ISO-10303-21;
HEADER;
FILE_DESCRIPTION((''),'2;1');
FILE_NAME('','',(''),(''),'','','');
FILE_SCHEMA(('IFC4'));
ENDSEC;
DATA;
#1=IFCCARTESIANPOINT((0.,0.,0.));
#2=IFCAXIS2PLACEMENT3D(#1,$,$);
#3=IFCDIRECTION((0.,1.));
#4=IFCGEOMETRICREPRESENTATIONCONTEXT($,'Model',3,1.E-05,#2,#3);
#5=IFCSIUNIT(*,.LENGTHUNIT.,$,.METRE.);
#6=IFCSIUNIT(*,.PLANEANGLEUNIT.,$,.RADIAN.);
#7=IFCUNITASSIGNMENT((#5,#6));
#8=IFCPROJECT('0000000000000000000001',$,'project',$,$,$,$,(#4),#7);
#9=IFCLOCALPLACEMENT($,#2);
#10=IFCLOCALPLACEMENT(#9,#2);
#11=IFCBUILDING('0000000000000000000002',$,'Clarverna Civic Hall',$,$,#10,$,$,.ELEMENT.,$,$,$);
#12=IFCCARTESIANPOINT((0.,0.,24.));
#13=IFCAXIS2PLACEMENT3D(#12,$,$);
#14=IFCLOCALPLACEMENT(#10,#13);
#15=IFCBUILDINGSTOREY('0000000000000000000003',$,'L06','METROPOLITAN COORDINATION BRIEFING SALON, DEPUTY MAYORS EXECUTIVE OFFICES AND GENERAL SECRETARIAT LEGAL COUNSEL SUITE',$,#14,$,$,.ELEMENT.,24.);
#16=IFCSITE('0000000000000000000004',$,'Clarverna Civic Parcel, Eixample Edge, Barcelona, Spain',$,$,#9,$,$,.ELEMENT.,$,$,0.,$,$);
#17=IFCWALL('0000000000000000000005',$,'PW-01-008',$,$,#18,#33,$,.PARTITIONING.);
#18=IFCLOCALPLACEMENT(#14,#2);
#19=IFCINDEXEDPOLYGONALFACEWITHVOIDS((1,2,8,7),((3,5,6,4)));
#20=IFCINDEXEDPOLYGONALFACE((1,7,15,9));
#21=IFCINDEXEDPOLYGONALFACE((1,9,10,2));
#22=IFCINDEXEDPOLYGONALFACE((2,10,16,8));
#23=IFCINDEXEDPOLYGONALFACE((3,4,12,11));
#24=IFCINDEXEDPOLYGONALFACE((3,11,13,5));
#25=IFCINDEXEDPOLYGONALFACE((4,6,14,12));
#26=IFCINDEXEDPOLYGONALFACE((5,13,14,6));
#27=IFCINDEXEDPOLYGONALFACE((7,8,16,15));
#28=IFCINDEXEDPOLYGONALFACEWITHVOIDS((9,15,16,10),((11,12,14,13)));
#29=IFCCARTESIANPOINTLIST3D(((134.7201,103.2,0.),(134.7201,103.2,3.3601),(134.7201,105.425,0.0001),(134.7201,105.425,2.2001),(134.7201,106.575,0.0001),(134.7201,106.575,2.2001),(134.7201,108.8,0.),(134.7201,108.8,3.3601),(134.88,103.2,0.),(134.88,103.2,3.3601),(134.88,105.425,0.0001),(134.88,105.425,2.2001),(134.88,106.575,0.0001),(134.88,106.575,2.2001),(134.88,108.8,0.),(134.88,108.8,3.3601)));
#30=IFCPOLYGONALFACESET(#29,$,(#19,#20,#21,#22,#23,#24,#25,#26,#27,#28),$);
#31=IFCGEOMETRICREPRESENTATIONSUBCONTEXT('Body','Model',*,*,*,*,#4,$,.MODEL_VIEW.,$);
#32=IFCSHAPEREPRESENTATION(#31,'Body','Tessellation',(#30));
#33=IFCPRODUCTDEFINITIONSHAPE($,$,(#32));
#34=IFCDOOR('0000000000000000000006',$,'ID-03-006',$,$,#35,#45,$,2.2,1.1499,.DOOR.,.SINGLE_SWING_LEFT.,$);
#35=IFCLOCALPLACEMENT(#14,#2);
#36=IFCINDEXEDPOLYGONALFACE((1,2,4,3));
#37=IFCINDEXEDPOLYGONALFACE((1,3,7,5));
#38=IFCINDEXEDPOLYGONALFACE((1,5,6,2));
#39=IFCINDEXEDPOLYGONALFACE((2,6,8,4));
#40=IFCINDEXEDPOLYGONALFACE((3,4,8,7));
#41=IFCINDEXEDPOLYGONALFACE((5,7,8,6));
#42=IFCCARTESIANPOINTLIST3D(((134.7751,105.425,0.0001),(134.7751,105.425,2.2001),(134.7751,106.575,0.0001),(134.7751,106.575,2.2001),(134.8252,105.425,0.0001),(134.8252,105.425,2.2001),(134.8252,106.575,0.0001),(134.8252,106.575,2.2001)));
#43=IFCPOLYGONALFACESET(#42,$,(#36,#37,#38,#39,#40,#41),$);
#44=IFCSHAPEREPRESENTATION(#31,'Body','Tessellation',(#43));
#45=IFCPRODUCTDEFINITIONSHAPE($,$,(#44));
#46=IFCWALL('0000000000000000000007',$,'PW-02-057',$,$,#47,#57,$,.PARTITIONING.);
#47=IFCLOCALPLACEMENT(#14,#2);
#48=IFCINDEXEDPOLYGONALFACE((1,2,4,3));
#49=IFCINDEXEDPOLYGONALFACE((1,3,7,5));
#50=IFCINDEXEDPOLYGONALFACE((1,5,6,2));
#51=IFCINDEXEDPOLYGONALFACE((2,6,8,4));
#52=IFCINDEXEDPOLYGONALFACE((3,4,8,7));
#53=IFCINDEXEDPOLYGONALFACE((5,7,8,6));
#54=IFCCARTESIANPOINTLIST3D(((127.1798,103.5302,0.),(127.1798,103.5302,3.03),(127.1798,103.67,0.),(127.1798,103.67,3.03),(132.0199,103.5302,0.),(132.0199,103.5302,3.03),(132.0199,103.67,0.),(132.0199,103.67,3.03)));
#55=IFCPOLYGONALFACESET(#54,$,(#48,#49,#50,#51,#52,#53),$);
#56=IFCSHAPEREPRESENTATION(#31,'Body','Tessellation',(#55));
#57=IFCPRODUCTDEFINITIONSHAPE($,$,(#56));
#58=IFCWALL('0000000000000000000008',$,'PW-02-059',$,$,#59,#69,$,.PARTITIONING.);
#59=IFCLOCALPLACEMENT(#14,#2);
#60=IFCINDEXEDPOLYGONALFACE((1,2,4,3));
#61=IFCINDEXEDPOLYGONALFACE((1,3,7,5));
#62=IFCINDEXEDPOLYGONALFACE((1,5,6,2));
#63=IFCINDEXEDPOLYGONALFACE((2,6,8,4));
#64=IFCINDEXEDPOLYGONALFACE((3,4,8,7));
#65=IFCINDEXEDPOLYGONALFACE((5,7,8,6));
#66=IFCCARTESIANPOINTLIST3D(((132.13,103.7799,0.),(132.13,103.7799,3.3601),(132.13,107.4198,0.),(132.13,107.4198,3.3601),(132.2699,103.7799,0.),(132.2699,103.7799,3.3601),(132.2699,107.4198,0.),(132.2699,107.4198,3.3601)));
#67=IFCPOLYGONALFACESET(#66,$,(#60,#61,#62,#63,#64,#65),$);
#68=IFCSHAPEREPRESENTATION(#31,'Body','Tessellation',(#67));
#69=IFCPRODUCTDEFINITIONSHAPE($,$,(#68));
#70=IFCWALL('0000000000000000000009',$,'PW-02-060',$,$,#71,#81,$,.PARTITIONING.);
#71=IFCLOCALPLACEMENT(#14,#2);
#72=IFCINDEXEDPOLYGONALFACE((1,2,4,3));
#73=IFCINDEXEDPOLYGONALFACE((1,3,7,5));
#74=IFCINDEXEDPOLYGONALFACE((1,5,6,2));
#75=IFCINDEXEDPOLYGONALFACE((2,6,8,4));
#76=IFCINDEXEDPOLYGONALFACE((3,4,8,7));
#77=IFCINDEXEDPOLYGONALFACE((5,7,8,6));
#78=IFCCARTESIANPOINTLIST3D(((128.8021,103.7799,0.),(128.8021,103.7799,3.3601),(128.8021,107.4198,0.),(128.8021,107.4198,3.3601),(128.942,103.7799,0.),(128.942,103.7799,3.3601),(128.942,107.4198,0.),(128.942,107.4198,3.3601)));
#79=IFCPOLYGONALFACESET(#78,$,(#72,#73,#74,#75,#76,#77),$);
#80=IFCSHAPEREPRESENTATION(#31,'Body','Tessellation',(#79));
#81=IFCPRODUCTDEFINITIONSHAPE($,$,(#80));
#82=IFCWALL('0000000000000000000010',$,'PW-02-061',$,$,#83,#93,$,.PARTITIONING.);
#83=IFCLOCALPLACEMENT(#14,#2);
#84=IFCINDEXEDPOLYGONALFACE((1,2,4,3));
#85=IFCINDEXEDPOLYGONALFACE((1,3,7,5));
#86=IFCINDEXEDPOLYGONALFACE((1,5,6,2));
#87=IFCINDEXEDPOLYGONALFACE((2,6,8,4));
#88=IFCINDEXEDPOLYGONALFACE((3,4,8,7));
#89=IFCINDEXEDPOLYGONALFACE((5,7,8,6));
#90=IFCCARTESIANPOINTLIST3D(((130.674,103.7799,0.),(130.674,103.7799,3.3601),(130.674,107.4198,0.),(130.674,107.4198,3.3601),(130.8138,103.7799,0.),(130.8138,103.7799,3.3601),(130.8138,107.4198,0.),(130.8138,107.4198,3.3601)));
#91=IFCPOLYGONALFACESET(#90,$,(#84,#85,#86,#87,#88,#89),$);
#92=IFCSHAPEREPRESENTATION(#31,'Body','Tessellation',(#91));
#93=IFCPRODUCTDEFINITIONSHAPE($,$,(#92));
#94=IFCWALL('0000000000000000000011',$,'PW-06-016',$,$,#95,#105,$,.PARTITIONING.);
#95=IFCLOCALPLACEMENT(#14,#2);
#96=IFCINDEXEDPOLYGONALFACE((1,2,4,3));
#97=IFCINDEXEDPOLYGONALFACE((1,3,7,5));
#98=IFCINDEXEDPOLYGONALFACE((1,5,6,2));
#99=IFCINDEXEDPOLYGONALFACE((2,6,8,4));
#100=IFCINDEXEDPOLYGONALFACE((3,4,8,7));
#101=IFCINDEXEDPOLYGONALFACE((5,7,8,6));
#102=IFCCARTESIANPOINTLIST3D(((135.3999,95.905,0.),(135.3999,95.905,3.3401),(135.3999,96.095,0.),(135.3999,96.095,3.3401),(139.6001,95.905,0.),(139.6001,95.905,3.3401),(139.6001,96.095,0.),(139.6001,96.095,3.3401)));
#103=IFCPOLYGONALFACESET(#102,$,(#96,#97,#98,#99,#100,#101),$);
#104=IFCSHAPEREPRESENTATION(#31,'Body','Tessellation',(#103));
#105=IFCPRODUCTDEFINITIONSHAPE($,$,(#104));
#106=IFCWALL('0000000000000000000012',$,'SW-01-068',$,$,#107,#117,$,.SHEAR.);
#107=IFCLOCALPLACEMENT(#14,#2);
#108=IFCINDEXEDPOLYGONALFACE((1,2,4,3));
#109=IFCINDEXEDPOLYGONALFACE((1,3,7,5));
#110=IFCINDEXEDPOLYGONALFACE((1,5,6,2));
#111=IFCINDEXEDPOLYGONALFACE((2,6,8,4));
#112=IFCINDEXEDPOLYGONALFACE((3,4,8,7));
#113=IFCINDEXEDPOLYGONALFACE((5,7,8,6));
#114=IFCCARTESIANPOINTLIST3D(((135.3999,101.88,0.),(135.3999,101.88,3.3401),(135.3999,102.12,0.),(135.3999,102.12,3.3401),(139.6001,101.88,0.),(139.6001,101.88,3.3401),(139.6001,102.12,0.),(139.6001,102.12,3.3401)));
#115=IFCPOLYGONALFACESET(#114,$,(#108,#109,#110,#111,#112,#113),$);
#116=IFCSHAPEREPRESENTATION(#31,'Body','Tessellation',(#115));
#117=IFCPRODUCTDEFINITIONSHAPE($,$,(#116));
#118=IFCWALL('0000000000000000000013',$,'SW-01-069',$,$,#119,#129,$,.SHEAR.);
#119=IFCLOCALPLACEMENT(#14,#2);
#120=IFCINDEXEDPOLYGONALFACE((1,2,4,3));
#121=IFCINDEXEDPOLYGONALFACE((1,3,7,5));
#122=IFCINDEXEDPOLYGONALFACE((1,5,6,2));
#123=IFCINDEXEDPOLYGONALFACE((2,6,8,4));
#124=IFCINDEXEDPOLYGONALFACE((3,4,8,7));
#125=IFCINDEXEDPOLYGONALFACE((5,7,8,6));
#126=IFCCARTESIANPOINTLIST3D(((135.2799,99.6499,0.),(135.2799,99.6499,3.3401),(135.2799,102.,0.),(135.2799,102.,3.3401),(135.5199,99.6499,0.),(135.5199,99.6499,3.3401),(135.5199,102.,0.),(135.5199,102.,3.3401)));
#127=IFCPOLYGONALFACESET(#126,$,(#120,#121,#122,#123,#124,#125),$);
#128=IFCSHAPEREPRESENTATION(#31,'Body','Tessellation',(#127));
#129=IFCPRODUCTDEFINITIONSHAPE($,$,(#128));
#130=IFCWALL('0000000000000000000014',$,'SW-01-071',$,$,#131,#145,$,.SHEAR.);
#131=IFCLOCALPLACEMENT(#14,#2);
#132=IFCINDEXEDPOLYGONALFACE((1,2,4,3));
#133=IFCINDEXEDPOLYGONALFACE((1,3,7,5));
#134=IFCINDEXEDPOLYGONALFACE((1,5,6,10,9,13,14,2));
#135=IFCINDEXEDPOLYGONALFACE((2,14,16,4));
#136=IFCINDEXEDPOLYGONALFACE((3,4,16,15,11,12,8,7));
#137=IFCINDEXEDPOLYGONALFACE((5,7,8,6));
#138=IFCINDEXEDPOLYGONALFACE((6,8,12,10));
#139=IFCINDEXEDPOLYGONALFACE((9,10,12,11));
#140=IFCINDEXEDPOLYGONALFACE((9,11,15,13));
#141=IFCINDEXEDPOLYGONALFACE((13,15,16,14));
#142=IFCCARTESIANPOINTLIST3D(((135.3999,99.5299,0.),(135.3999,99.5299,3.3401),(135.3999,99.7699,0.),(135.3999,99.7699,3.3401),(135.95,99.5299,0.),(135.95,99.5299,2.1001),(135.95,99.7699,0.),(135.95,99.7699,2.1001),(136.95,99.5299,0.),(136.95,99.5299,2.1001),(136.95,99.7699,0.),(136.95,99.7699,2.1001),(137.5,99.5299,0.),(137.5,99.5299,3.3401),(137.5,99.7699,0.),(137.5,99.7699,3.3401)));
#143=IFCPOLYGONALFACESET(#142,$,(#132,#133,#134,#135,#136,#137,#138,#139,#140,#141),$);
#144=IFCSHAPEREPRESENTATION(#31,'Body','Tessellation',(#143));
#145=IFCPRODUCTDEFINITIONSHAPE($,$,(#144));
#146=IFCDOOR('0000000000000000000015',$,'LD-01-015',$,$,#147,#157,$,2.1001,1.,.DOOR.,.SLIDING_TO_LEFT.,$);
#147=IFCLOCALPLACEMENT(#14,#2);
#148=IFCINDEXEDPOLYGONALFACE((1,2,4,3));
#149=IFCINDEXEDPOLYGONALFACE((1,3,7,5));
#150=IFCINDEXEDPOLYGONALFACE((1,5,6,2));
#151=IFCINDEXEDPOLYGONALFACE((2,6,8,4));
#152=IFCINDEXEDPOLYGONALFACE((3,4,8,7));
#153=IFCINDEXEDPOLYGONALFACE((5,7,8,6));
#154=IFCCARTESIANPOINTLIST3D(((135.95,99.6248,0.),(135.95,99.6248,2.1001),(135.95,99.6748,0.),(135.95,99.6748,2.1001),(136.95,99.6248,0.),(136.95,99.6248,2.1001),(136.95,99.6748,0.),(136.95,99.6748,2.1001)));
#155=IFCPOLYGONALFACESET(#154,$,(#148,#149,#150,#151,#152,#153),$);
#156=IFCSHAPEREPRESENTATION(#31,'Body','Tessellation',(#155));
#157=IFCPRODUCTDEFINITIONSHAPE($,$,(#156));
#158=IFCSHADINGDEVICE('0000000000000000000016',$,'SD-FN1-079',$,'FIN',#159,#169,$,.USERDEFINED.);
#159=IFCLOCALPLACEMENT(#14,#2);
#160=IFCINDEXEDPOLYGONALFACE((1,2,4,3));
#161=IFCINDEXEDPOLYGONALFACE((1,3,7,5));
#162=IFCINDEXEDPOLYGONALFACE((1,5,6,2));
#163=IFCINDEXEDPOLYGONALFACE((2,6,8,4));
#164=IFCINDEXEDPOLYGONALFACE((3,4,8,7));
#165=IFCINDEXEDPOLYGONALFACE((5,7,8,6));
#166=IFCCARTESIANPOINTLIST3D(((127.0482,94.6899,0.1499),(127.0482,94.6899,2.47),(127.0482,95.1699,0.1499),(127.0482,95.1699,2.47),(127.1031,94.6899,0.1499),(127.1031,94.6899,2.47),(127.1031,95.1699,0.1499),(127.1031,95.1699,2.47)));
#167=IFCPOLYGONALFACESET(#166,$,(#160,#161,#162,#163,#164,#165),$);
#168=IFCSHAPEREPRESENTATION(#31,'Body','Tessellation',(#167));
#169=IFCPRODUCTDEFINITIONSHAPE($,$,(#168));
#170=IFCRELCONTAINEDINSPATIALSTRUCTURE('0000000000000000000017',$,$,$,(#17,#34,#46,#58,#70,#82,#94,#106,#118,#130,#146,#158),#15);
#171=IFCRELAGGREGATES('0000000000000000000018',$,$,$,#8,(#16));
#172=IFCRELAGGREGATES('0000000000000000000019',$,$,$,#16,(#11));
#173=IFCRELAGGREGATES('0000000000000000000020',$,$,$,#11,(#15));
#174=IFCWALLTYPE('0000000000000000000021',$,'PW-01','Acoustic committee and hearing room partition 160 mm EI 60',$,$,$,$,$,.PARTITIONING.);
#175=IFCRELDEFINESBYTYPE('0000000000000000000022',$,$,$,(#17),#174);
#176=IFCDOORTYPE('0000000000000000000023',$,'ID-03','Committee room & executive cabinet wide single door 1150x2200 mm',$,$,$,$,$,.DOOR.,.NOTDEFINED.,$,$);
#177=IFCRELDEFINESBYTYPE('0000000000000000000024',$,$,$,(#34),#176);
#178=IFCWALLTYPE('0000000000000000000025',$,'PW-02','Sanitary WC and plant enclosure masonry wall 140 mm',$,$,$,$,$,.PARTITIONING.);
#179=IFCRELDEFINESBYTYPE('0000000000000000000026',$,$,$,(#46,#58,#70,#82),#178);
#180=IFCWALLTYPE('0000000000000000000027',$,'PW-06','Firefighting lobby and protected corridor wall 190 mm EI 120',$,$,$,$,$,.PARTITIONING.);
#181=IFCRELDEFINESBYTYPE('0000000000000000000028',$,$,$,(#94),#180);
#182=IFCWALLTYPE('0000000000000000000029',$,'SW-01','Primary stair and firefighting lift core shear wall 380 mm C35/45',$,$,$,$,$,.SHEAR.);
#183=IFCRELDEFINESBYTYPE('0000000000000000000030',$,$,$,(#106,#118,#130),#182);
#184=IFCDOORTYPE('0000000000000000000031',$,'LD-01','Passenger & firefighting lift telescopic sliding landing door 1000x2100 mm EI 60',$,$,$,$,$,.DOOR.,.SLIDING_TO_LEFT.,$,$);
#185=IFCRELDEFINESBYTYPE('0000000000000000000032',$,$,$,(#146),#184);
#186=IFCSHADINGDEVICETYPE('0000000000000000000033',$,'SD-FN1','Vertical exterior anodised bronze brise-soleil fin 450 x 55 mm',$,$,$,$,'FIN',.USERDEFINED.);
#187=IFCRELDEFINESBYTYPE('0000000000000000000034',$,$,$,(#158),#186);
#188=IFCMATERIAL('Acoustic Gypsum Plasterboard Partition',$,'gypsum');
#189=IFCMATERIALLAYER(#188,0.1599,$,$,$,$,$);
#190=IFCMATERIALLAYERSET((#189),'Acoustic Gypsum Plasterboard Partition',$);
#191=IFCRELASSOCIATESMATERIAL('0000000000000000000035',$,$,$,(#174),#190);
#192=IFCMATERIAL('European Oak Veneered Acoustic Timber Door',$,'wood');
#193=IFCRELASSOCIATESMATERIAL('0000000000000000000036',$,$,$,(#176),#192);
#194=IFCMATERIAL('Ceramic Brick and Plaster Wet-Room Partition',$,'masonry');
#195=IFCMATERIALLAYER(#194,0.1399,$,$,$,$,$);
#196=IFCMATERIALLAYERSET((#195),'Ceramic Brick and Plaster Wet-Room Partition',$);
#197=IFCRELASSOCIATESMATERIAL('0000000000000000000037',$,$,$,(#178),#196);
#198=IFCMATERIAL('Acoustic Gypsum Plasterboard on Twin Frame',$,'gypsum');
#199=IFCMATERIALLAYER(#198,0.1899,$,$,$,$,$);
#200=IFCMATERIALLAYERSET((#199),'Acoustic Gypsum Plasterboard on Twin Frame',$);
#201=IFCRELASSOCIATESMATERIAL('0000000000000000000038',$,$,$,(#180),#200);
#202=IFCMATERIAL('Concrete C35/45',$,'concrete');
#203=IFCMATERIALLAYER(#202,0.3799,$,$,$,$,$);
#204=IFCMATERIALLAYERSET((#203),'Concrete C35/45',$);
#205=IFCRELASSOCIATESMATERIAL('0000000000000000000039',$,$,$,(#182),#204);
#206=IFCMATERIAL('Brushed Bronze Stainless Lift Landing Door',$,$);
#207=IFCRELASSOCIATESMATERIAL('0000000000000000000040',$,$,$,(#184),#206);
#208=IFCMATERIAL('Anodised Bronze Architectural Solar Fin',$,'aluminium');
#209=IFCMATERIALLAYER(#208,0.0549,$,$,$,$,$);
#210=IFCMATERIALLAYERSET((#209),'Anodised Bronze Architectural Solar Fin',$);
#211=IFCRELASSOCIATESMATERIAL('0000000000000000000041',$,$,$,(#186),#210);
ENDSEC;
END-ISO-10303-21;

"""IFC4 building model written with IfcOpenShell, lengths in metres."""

from ifc_helpers import new_model, si_unit, direction, frame, frame_2d, origin, place, context, subcontext, project, spatial, rectangle, extrude, material, layer, layer_set, type_object, element, fill, save


model = new_model("IFC4")

# Units and contexts
model_context = context("Model", 3, precision=1e-05, world=origin(), true_north=direction((0.0, 1.0)))
body_context = subcontext(model_context, "Body", "Model", "MODEL_VIEW")
ifc_project = project(units=[si_unit("LENGTHUNIT", "METRE"), si_unit("PLANEANGLEUNIT", "RADIAN")], contexts=[model_context])

# Site, building, storey
site_placement = place(None, origin())
site = spatial("IfcSite", under=ifc_project, at=site_placement, Name="Clarverna Civic Parcel, Eixample Edge, Barcelona, Spain", CompositionType="ELEMENT", RefElevation=0.0)
building_placement = place(site_placement, origin())
building = spatial("IfcBuilding", under=site, at=building_placement, Name="Clarverna Civic Hall", CompositionType="ELEMENT")
storey_placement = place(building_placement, frame((0.0, 0.0, 24.0)))
storey = spatial("IfcBuildingStorey", under=building, at=storey_placement, Name="L06", Description="METROPOLITAN COORDINATION BRIEFING SALON, DEPUTY MAYORS EXECUTIVE OFFICES AND GENERAL SECRETARIAT LEGAL COUNSEL SUITE", CompositionType="ELEMENT", Elevation=24.0)

# Shared definitions
ifc_material_1 = material(Name="Concrete C35/45", Category="concrete")

# Wall, opening, door
ifc_material_2 = material(Name="Acoustic Gypsum Plasterboard Partition", Category="gypsum")
ifc_layer_1 = layer(ifc_material_2, 0.1599)
ifc_layer_set_1 = layer_set([ifc_layer_1], Name="Acoustic Gypsum Plasterboard Partition")
wall_type_1 = type_object("IfcWallType", Name="PW-01", Description="Acoustic committee and hearing room partition 160 mm EI 60", PredefinedType="PARTITIONING", material=ifc_layer_set_1)
wall_1_placement = place(storey_placement, frame((134.8, 103.2, 0.0), z_axis=(0.0, 0.0, 1.0), x_axis=(0.0, 1.0, 0.0)))
wall_1 = element("IfcWall", 1, at=wall_1_placement, inside=storey, type_object=wall_type_1, Name="PW-01-008", PredefinedType="PARTITIONING", context=body_context, shape_type="SweptSolid", body=[
    extrude(rectangle(XDim=5.6001, YDim=0.1599, at=frame_2d((2.8, 0.0))), origin(), (0.0, 0.0, 1.0), 3.3601),
])
opening_1_placement = place(wall_1_placement, frame((2.2251, 0.0, 0.0)))
opening_1 = element("IfcOpeningElement", 2, at=opening_1_placement, cuts=wall_1, PredefinedType="OPENING", context=body_context, shape_type="SweptSolid", body=[
    extrude(rectangle(XDim=1.1499, YDim=2.2, at=frame_2d((0.575, 1.1001))), frame((0.0, 0.0898, 0.0), z_axis=(0.0, -1.0, 0.0), x_axis=(1.0, 0.0, 0.0)), (0.0, 0.0, 1.0), 0.1799),
])
ifc_material_3 = material(Name="European Oak Veneered Acoustic Timber Door", Category="wood")
door_type_1 = type_object("IfcDoorType", Name="ID-03", Description="Committee room & executive cabinet wide single door 1150x2200 mm", OperationType="NOTDEFINED", PredefinedType="DOOR", material=ifc_material_3)
door_1_placement = place(opening_1_placement, origin())
door_1 = element("IfcDoor", 3, at=door_1_placement, inside=storey, type_object=door_type_1, Name="ID-03-006", OperationType="SINGLE_SWING_LEFT", OverallHeight=2.2, OverallWidth=1.1499, PredefinedType="DOOR", context=body_context, shape_type="SweptSolid", body=[
    extrude(rectangle(XDim=1.1499, YDim=2.2, at=frame_2d((0.575, 1.1001))), frame((0.0, 0.0249, 0.0), z_axis=(0.0, -1.0, 0.0), x_axis=(1.0, 0.0, 0.0)), (0.0, 0.0, 1.0), 0.05),
])
fill(opening_1, door_1)

# Walls
ifc_material_4 = material(Name="Ceramic Brick and Plaster Wet-Room Partition", Category="masonry")
ifc_layer_2 = layer(ifc_material_4, 0.1399)
ifc_layer_set_2 = layer_set([ifc_layer_2], Name="Ceramic Brick and Plaster Wet-Room Partition")
wall_type_2 = type_object("IfcWallType", Name="PW-02", Description="Sanitary WC and plant enclosure masonry wall 140 mm", PredefinedType="PARTITIONING", material=ifc_layer_set_2)
wall_2_placement = place(storey_placement, frame((127.1799, 103.6001, 0.0), z_axis=(0.0, 0.0, 1.0), x_axis=(1.0, 0.0, 0.0)))
element("IfcWall", 4, at=wall_2_placement, inside=storey, type_object=wall_type_2, Name="PW-02-057", PredefinedType="PARTITIONING", context=body_context, shape_type="SweptSolid", body=[
    extrude(rectangle(XDim=4.8401, YDim=0.1399, at=frame_2d((2.4199, 0.0))), origin(), (0.0, 0.0, 1.0), 3.03),
])
for number, where, z_axis, x_axis, name in (
    (5, (132.2, 103.78, 0.0), (0.0, 0.0, 1.0), (0.0, 1.0, 0.0), "PW-02-059"),
    (6, (128.8721, 103.78, 0.0), (0.0, 0.0, 1.0), (0.0, 1.0, 0.0), "PW-02-060"),
    (7, (130.7439, 103.78, 0.0), (0.0, 0.0, 1.0), (0.0, 1.0, 0.0), "PW-02-061"),
):
    element("IfcWall", number, at=place(storey_placement, frame(where, z_axis=z_axis, x_axis=x_axis)), inside=storey, type_object=wall_type_2, Name=name, PredefinedType="PARTITIONING", context=body_context, shape_type="SweptSolid", body=[
        extrude(rectangle(XDim=3.6399, YDim=0.1399, at=frame_2d((1.8198, 0.0))), origin(), (0.0, 0.0, 1.0), 3.3601),
    ])

# Shared definitions
ifc_material_5 = material(Name="Acoustic Gypsum Plasterboard on Twin Frame", Category="gypsum")
ifc_layer_3 = layer(ifc_material_5, 0.1899)
ifc_layer_set_3 = layer_set([ifc_layer_3], Name="Acoustic Gypsum Plasterboard on Twin Frame")
wall_type_3 = type_object("IfcWallType", Name="PW-06", Description="Firefighting lobby and protected corridor wall 190 mm EI 120", PredefinedType="PARTITIONING", material=ifc_layer_set_3)

# Walls
wall_3_placement = place(storey_placement, frame((135.3999, 96.0, 0.0), z_axis=(0.0, 0.0, 1.0), x_axis=(1.0, 0.0, 0.0)))
element("IfcWall", 8, at=wall_3_placement, inside=storey, type_object=wall_type_3, Name="PW-06-016", PredefinedType="PARTITIONING", context=body_context, shape_type="SweptSolid", body=[
    extrude(rectangle(XDim=4.2002, YDim=0.1899, at=frame_2d((2.1001, 0.0))), origin(), (0.0, 0.0, 1.0), 3.3401),
])
ifc_layer_4 = layer(ifc_material_1, 0.3799)
ifc_layer_set_4 = layer_set([ifc_layer_4], Name="Concrete C35/45")
wall_type_4 = type_object("IfcWallType", Name="SW-01", Description="Primary stair and firefighting lift core shear wall 380 mm C35/45", PredefinedType="SHEAR", material=ifc_layer_set_4)
wall_4_placement = place(storey_placement, frame((135.3999, 102.0, 0.0), z_axis=(0.0, 0.0, 1.0), x_axis=(1.0, 0.0, 0.0)))
element("IfcWall", 9, at=wall_4_placement, inside=storey, type_object=wall_type_4, Name="SW-01-068", PredefinedType="SHEAR", context=body_context, shape_type="SweptSolid", body=[
    extrude(rectangle(XDim=4.2002, YDim=0.24, at=frame_2d((2.1001, 0.0))), origin(), (0.0, 0.0, 1.0), 3.3401),
])
wall_5_placement = place(storey_placement, frame((135.3999, 99.6499, 0.0), z_axis=(0.0, 0.0, 1.0), x_axis=(0.0, 1.0, 0.0)))
element("IfcWall", 10, at=wall_5_placement, inside=storey, type_object=wall_type_4, Name="SW-01-069", PredefinedType="SHEAR", context=body_context, shape_type="SweptSolid", body=[
    extrude(rectangle(XDim=2.3501, YDim=0.24, at=frame_2d((1.175, 0.0))), origin(), (0.0, 0.0, 1.0), 3.3401),
])

# Wall, opening, door
wall_6_placement = place(storey_placement, frame((135.3999, 99.6499, 0.0), z_axis=(0.0, 0.0, 1.0), x_axis=(1.0, 0.0, 0.0)))
wall_6 = element("IfcWall", 11, at=wall_6_placement, inside=storey, type_object=wall_type_4, Name="SW-01-071", PredefinedType="SHEAR", context=body_context, shape_type="SweptSolid", body=[
    extrude(rectangle(XDim=2.1001, YDim=0.24, at=frame_2d((1.05, 0.0))), origin(), (0.0, 0.0, 1.0), 3.3401),
])
opening_2_placement = place(wall_6_placement, frame((0.55, 0.0, 0.0)))
opening_2 = element("IfcOpeningElement", 12, at=opening_2_placement, cuts=wall_6, PredefinedType="OPENING", context=body_context, shape_type="SweptSolid", body=[
    extrude(rectangle(XDim=1.0, YDim=2.1001, at=frame_2d((0.5, 1.05))), frame((0.0, 0.1299, 0.0), z_axis=(0.0, -1.0, 0.0), x_axis=(1.0, 0.0, 0.0)), (0.0, 0.0, 1.0), 0.26),
])
ifc_material_6 = material(Name="Brushed Bronze Stainless Lift Landing Door")
door_type_2 = type_object("IfcDoorType", Name="LD-01", Description="Passenger & firefighting lift telescopic sliding landing door 1000x2100 mm EI 60", OperationType="SLIDING_TO_LEFT", PredefinedType="DOOR", material=ifc_material_6)
door_2_placement = place(opening_2_placement, origin())
door_2 = element("IfcDoor", 13, at=door_2_placement, inside=storey, type_object=door_type_2, Name="LD-01-015", OperationType="SLIDING_TO_LEFT", OverallHeight=2.1001, OverallWidth=1.0, PredefinedType="DOOR", context=body_context, shape_type="SweptSolid", body=[
    extrude(rectangle(XDim=1.0, YDim=2.1001, at=frame_2d((0.5, 1.05))), frame((0.0, 0.0249, 0.0), z_axis=(0.0, -1.0, 0.0), x_axis=(1.0, 0.0, 0.0)), (0.0, 0.0, 1.0), 0.05),
])
fill(opening_2, door_2)

# Shading device
ifc_material_7 = material(Name="Anodised Bronze Architectural Solar Fin", Category="aluminium")
ifc_layer_5 = layer(ifc_material_7, 0.0549)
ifc_layer_set_5 = layer_set([ifc_layer_5], Name="Anodised Bronze Architectural Solar Fin")
shading_device_type = type_object("IfcShadingDeviceType", Name="SD-FN1", Description="Vertical exterior anodised bronze brise-soleil fin 450 x 55 mm", ElementType="FIN", PredefinedType="USERDEFINED", material=ifc_layer_set_5)
shading_device_placement = place(storey_placement, frame((127.0757, 95.1699, 0.1499), z_axis=(0.0, 0.0, 1.0), x_axis=(0.0, -1.0, 0.0)))
element("IfcShadingDevice", 14, at=shading_device_placement, inside=storey, type_object=shading_device_type, Name="SD-FN1-079", ObjectType="FIN", PredefinedType="USERDEFINED", context=body_context, shape_type="SweptSolid", body=[
    extrude(rectangle(XDim=0.48, YDim=0.0549, at=frame_2d((0.24, 0.0))), origin(), (0.0, 0.0, 1.0), 2.3201),
])

save(model, "model.ifc")
